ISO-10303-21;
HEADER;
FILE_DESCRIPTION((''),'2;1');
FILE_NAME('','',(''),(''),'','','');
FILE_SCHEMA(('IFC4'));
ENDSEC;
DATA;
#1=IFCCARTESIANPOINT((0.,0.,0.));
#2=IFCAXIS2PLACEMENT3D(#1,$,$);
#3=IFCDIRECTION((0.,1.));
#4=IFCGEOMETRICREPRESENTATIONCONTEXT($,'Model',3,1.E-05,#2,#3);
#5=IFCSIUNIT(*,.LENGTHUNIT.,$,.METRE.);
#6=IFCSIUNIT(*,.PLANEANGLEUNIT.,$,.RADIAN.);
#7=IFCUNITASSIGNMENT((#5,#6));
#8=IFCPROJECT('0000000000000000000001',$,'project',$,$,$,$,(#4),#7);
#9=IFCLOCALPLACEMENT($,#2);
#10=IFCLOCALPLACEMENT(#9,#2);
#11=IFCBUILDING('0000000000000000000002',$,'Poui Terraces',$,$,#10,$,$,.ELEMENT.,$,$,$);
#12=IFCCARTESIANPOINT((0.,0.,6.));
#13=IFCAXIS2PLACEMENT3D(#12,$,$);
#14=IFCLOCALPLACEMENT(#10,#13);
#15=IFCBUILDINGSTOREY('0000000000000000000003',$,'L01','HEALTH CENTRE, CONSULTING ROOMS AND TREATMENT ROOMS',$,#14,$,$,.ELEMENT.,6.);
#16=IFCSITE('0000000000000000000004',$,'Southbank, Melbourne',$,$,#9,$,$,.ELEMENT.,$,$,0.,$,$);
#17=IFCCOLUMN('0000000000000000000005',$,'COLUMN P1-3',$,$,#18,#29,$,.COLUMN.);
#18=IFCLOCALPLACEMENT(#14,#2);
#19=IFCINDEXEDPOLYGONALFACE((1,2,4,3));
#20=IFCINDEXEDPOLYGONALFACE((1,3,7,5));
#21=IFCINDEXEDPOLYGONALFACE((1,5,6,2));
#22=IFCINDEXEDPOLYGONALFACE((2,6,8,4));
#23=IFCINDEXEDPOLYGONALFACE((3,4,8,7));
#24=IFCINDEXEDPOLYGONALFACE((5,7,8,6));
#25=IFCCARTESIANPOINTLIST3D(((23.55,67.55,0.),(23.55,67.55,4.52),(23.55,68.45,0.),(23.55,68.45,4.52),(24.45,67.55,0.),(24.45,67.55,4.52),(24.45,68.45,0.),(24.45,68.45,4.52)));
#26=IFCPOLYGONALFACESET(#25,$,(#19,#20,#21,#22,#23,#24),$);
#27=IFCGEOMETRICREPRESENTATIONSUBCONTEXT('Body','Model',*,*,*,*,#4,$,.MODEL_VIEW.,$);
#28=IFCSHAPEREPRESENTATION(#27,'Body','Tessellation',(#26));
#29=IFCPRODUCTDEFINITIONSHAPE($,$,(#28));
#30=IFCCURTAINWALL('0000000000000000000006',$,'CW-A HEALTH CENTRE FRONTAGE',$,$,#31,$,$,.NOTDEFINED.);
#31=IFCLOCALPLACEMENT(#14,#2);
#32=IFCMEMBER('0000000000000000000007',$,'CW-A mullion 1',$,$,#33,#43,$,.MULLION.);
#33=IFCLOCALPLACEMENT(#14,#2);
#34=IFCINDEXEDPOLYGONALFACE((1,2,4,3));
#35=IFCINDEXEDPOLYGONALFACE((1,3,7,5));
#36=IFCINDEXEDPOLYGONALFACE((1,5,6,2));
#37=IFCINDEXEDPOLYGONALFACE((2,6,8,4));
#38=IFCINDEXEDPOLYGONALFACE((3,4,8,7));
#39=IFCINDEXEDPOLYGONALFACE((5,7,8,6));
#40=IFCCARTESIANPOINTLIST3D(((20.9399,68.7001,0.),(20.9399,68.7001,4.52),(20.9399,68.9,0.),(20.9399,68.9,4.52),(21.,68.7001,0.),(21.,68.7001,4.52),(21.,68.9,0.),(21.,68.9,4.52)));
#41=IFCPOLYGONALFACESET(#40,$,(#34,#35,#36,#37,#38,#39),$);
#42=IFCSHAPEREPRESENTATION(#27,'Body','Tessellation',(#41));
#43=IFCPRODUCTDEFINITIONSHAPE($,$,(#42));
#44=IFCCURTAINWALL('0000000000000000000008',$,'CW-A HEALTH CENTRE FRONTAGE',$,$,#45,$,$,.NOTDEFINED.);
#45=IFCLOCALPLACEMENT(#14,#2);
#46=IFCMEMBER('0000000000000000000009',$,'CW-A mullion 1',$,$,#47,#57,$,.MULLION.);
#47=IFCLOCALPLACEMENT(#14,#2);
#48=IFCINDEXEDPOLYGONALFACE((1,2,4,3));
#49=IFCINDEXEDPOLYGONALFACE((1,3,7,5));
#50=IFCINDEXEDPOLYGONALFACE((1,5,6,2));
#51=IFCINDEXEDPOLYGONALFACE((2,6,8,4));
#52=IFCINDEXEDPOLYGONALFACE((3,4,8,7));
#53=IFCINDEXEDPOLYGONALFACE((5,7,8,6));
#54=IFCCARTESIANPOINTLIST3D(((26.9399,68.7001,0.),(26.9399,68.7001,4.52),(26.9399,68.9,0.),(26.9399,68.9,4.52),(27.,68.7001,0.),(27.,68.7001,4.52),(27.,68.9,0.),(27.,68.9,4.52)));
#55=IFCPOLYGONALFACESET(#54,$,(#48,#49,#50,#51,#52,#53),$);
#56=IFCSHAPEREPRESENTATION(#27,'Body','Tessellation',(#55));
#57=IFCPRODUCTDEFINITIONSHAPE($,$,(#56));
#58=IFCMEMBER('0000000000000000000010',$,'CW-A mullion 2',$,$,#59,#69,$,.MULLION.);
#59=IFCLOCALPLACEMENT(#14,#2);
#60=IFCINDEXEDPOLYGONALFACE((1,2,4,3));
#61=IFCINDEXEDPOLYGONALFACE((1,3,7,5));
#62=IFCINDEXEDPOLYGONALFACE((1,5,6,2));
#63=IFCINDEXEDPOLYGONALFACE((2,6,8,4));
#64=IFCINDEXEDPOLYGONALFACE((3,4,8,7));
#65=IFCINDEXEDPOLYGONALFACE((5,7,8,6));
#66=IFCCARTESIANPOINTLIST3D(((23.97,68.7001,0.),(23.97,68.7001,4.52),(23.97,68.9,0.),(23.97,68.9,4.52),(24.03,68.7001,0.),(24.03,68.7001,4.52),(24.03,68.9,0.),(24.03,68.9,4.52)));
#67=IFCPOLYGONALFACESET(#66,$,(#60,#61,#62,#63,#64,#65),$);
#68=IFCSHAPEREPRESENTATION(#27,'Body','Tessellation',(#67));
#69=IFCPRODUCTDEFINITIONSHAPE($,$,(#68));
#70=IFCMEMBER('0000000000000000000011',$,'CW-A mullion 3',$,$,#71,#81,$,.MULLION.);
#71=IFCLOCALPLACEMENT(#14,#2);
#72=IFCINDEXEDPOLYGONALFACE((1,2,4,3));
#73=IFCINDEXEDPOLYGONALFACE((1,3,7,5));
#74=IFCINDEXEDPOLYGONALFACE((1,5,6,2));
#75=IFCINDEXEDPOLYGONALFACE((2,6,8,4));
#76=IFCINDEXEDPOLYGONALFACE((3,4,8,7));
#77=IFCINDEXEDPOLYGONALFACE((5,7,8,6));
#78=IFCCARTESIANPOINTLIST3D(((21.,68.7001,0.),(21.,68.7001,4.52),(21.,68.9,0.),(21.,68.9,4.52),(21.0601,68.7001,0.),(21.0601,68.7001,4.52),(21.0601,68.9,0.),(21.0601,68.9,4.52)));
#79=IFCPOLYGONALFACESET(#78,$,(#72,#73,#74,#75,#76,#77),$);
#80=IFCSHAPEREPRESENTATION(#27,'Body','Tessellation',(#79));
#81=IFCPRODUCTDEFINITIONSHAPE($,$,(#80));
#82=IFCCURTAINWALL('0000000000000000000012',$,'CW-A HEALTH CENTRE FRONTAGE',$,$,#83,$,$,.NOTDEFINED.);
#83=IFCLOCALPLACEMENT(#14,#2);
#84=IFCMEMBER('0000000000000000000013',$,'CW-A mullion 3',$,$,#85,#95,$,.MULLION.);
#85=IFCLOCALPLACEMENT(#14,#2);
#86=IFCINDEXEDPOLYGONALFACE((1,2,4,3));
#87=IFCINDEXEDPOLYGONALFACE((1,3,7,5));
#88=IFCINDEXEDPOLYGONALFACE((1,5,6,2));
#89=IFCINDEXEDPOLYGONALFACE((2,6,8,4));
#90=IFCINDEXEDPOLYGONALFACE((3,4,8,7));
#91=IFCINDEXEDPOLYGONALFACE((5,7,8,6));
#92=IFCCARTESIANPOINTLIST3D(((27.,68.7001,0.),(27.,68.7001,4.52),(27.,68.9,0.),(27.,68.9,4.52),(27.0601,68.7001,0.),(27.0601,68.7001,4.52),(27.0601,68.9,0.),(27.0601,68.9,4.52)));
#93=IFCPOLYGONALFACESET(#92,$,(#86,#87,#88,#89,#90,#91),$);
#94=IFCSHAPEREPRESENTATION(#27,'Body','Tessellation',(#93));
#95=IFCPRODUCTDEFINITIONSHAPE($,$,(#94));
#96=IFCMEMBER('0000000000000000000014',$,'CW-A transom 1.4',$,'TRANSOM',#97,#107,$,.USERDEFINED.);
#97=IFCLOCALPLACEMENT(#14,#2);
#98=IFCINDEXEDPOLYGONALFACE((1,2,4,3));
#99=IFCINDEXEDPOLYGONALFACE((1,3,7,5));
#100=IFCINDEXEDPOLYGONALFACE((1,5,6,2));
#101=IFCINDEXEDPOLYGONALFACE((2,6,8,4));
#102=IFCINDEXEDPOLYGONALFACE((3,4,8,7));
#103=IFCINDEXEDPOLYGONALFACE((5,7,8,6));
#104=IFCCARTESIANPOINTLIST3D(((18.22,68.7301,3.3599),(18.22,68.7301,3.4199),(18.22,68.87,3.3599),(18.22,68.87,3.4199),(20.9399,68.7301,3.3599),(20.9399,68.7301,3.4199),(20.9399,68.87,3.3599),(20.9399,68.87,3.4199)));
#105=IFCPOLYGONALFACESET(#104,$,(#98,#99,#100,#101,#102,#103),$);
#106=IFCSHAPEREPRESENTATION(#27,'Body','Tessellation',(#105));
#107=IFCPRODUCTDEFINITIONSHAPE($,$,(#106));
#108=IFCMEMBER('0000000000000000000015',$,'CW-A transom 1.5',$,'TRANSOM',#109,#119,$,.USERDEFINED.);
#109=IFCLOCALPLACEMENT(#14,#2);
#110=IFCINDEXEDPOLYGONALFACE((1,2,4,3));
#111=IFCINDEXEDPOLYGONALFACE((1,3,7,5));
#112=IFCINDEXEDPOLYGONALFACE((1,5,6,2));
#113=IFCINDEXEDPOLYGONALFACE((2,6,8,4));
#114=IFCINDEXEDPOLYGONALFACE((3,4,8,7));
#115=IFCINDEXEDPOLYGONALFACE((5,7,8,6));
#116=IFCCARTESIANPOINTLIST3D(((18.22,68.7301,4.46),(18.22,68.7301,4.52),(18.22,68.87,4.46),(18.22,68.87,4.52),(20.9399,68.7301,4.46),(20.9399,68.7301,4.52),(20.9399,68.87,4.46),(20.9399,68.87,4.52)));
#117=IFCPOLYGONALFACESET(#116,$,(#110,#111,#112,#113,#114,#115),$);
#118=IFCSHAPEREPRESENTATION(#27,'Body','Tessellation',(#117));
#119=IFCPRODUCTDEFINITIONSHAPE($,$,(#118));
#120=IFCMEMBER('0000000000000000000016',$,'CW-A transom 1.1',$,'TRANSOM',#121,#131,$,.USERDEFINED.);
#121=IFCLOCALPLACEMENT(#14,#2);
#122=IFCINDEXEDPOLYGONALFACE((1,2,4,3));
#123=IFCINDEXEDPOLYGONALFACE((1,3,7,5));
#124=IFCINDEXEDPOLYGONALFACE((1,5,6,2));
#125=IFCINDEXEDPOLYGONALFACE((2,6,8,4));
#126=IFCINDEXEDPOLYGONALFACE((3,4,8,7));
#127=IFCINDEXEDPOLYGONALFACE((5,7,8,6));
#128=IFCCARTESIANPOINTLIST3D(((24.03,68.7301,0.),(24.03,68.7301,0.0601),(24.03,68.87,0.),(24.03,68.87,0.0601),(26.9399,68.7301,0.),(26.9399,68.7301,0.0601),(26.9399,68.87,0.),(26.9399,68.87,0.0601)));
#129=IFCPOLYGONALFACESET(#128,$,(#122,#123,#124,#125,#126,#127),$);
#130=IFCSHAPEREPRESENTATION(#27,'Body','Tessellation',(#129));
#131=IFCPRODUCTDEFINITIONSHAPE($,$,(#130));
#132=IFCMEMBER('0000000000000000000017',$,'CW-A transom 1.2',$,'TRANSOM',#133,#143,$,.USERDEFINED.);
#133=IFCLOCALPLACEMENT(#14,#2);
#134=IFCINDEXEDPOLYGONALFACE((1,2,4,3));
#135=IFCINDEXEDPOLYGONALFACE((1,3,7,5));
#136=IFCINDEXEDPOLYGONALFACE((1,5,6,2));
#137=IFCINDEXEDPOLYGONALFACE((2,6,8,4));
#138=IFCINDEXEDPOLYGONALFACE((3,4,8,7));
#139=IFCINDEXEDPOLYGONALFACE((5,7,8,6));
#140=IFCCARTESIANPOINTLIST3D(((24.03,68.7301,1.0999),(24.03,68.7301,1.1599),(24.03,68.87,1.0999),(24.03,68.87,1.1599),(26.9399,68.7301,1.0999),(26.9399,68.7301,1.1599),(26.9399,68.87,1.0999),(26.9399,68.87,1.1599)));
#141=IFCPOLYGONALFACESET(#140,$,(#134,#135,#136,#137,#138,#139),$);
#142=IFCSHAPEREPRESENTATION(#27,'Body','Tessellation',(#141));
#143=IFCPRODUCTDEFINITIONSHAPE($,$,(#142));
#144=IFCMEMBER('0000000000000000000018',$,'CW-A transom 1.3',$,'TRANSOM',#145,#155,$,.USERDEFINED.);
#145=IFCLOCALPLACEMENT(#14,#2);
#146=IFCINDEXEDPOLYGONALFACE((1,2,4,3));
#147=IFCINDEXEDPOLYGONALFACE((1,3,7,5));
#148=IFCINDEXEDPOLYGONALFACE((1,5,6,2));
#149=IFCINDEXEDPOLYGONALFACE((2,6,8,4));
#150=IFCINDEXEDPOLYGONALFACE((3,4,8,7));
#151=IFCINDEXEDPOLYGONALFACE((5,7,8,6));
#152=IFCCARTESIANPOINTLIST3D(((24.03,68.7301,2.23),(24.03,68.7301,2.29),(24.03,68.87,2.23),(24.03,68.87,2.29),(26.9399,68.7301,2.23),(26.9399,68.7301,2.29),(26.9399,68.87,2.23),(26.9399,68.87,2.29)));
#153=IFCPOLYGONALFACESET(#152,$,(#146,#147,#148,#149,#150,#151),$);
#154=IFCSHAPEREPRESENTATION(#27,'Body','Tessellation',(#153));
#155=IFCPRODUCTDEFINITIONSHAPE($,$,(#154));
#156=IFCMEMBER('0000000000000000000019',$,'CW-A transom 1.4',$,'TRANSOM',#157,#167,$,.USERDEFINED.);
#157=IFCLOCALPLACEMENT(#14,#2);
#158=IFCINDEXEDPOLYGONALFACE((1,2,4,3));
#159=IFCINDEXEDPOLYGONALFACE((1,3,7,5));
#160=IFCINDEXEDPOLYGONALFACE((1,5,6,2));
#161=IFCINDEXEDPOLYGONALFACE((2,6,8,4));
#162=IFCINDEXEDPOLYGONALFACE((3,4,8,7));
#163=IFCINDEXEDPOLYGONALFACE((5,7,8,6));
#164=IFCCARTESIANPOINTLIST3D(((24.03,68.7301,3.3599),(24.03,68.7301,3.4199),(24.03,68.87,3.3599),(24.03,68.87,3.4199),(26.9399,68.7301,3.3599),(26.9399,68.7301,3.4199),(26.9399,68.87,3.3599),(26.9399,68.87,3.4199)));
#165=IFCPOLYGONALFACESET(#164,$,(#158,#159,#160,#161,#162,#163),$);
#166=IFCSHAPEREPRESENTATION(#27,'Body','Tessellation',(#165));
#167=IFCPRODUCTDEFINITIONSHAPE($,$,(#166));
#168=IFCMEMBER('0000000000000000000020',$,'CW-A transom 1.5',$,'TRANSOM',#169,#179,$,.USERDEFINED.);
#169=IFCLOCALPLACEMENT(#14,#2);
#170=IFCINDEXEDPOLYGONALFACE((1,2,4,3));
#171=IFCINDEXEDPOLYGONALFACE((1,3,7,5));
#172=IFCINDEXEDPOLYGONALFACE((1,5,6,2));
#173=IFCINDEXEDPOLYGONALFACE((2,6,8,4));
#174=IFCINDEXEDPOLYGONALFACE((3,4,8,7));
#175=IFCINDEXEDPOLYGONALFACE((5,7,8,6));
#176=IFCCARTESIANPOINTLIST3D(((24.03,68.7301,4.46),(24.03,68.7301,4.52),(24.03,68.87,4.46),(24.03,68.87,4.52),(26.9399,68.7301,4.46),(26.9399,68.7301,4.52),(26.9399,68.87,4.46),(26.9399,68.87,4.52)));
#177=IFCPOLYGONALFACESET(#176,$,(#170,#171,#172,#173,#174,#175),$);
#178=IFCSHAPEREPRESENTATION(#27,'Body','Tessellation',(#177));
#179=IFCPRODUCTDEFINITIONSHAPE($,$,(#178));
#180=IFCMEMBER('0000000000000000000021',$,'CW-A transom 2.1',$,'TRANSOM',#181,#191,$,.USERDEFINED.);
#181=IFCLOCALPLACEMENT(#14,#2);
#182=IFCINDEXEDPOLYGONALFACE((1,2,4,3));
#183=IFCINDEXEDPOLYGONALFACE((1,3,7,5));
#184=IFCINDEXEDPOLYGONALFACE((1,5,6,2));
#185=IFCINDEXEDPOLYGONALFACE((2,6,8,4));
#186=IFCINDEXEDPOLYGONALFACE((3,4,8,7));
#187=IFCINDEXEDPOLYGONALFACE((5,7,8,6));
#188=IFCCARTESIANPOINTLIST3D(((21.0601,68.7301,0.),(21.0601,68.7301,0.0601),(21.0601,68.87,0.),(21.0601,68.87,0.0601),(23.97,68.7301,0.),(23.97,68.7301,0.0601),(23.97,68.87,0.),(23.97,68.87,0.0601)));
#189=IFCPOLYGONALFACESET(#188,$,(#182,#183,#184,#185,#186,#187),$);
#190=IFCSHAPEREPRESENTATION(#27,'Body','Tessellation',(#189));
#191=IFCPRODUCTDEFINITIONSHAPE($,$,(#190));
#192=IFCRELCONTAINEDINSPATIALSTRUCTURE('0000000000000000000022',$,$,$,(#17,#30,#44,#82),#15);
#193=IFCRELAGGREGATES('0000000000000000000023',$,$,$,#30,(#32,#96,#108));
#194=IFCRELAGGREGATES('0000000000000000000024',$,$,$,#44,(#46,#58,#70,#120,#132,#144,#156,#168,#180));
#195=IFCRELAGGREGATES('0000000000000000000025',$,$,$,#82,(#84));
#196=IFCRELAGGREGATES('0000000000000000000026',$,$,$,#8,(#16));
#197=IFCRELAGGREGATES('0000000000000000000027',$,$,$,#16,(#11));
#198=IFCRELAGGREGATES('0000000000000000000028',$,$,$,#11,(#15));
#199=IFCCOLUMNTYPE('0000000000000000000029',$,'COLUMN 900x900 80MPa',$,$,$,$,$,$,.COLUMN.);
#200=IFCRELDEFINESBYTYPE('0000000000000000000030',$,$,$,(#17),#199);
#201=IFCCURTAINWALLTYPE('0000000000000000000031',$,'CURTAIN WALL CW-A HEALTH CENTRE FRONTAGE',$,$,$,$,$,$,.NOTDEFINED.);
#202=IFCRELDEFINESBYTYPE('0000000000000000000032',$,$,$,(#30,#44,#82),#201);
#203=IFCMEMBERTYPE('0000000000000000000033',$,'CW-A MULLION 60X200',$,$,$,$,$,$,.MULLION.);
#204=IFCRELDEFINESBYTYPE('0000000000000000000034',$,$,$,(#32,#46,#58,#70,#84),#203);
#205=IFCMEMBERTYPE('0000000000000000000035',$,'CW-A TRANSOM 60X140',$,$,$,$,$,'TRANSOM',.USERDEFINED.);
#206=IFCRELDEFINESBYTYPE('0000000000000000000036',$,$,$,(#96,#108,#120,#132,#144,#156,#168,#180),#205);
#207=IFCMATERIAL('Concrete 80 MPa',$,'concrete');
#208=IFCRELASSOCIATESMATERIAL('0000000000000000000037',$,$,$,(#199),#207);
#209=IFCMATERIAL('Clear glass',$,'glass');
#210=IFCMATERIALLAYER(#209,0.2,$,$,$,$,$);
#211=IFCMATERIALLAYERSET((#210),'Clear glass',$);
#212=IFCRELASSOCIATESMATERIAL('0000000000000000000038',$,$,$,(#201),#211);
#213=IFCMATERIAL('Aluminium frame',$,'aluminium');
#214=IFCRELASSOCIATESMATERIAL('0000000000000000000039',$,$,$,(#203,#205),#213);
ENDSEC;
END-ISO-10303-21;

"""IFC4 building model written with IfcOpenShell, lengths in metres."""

from ifc_helpers import new_model, si_unit, direction, frame, origin, origin_2d, place, context, subcontext, project, spatial, rectangle, extrude, source, transform, mapped, material, layer, layer_set, material_profile, profile_set, type_object, element, aggregate, save


model = new_model("IFC4")

# Units and contexts
model_context = context("Model", 3, precision=1e-05, world=origin(), true_north=direction((0.0, 1.0)))
body_context = subcontext(model_context, "Body", "Model", "MODEL_VIEW")
ifc_project = project(units=[si_unit("LENGTHUNIT", "METRE"), si_unit("PLANEANGLEUNIT", "RADIAN")], contexts=[model_context])

# Site, building, storey
site_placement = place(None, origin())
site = spatial("IfcSite", under=ifc_project, at=site_placement, Name="Southbank, Melbourne", CompositionType="ELEMENT", RefElevation=0.0)
building_placement = place(site_placement, origin())
building = spatial("IfcBuilding", under=site, at=building_placement, Name="Poui Terraces", CompositionType="ELEMENT")
storey_placement = place(building_placement, frame((0.0, 0.0, 6.0)))
storey = spatial("IfcBuildingStorey", under=building, at=storey_placement, Name="L01", Description="HEALTH CENTRE, CONSULTING ROOMS AND TREATMENT ROOMS", CompositionType="ELEMENT", Elevation=6.0)

# Column
ifc_material_1 = material(Name="Concrete 80 MPa", Category="concrete")
ifc_material_profile_1 = material_profile(ifc_material_1, rectangle(XDim=0.8999, YDim=0.8999, at=origin_2d()), Name="RC 900x900")
ifc_profile_set_1 = profile_set([ifc_material_profile_1], Name="Concrete 80 MPa")
column_type = type_object("IfcColumnType", Name="COLUMN 900x900 80MPa", PredefinedType="COLUMN", material=ifc_profile_set_1)
shared_shape_1 = source(origin(), body_context, "Body", "SweptSolid", [
    extrude(rectangle(XDim=0.8999, YDim=0.8999, at=origin_2d()), origin(), (0.0, 0.0, 1.0), 4.52),
])
column_placement = place(storey_placement, frame((24.0, 68.0, 0.0), z_axis=(0.0, 0.0, 1.0), x_axis=(1.0, 0.0, 0.0)))
element("IfcColumn", 1, at=column_placement, inside=storey, type_object=column_type, Name="COLUMN P1-3", PredefinedType="COLUMN", context=body_context, shape_type="MappedRepresentation", body=[
    mapped(shared_shape_1, transform((0.0, 0.0, 0.0))),
])

# Curtain wall, member
ifc_material_2 = material(Name="Clear glass", Category="glass")
ifc_layer_1 = layer(ifc_material_2, 0.2)
ifc_layer_set_1 = layer_set([ifc_layer_1], Name="Clear glass")
curtain_wall_type = type_object("IfcCurtainWallType", Name="CURTAIN WALL CW-A HEALTH CENTRE FRONTAGE", PredefinedType="NOTDEFINED", material=ifc_layer_set_1)
curtain_wall_1_placement = place(storey_placement, origin())
curtain_wall_1 = element("IfcCurtainWall", 2, at=curtain_wall_1_placement, inside=storey, type_object=curtain_wall_type, Name="CW-A HEALTH CENTRE FRONTAGE", PredefinedType="NOTDEFINED")
ifc_material_3 = material(Name="Aluminium frame", Category="aluminium")
ifc_material_profile_2 = material_profile(ifc_material_3, rectangle(XDim=0.2, YDim=0.0601, at=origin_2d()), Name="CW-A MULLION 60X200")
ifc_profile_set_2 = profile_set([ifc_material_profile_2], Name="Aluminium frame")
member_type_1 = type_object("IfcMemberType", Name="CW-A MULLION 60X200", PredefinedType="MULLION", material=ifc_profile_set_2)
member_1_placement = place(storey_placement, frame((20.97, 68.8, 0.0), z_axis=(0.0, 0.0, 1.0), x_axis=(0.0, -1.0, 0.0)))
member_1 = element("IfcMember", 3, at=member_1_placement, type_object=member_type_1, Name="CW-A mullion 1", PredefinedType="MULLION", context=body_context, shape_type="SweptSolid", body=[
    extrude(rectangle(XDim=0.2, YDim=0.0601, at=origin_2d()), origin(), (0.0, 0.0, 1.0), 4.52),
])

# Curtain wall, members
curtain_wall_2_placement = place(storey_placement, origin())
curtain_wall_2 = element("IfcCurtainWall", 4, at=curtain_wall_2_placement, inside=storey, type_object=curtain_wall_type, Name="CW-A HEALTH CENTRE FRONTAGE", PredefinedType="NOTDEFINED")
member_2_placement = place(storey_placement, frame((26.97, 68.8, 0.0), z_axis=(0.0, 0.0, 1.0), x_axis=(0.0, -1.0, 0.0)))
member_2 = element("IfcMember", 5, at=member_2_placement, type_object=member_type_1, Name="CW-A mullion 1", PredefinedType="MULLION", context=body_context, shape_type="SweptSolid", body=[
    extrude(rectangle(XDim=0.2, YDim=0.0601, at=origin_2d()), origin(), (0.0, 0.0, 1.0), 4.52),
])
member_3_placement = place(storey_placement, frame((24.0, 68.8, 0.0), z_axis=(0.0, 0.0, 1.0), x_axis=(0.0, -1.0, 0.0)))
member_3 = element("IfcMember", 6, at=member_3_placement, type_object=member_type_1, Name="CW-A mullion 2", PredefinedType="MULLION", context=body_context, shape_type="SweptSolid", body=[
    extrude(rectangle(XDim=0.2, YDim=0.0601, at=origin_2d()), origin(), (0.0, 0.0, 1.0), 4.52),
])
member_4_placement = place(storey_placement, frame((21.03, 68.8, 0.0), z_axis=(0.0, 0.0, 1.0), x_axis=(0.0, -1.0, 0.0)))
member_4 = element("IfcMember", 7, at=member_4_placement, type_object=member_type_1, Name="CW-A mullion 3", PredefinedType="MULLION", context=body_context, shape_type="SweptSolid", body=[
    extrude(rectangle(XDim=0.2, YDim=0.0601, at=origin_2d()), origin(), (0.0, 0.0, 1.0), 4.52),
])

# Curtain wall, member
curtain_wall_3_placement = place(storey_placement, origin())
curtain_wall_3 = element("IfcCurtainWall", 8, at=curtain_wall_3_placement, inside=storey, type_object=curtain_wall_type, Name="CW-A HEALTH CENTRE FRONTAGE", PredefinedType="NOTDEFINED")
member_5_placement = place(storey_placement, frame((27.03, 68.8, 0.0), z_axis=(0.0, 0.0, 1.0), x_axis=(0.0, -1.0, 0.0)))
member_5 = element("IfcMember", 9, at=member_5_placement, type_object=member_type_1, Name="CW-A mullion 3", PredefinedType="MULLION", context=body_context, shape_type="SweptSolid", body=[
    extrude(rectangle(XDim=0.2, YDim=0.0601, at=origin_2d()), origin(), (0.0, 0.0, 1.0), 4.52),
])

# Members
ifc_material_profile_3 = material_profile(ifc_material_3, rectangle(XDim=0.1399, YDim=0.0601, at=origin_2d()), Name="CW-A TRANSOM 60X140")
ifc_profile_set_3 = profile_set([ifc_material_profile_3], Name="Aluminium frame")
member_type_2 = type_object("IfcMemberType", Name="CW-A TRANSOM 60X140", ElementType="TRANSOM", PredefinedType="USERDEFINED", material=ifc_profile_set_3)
member_6_placement = place(storey_placement, frame((20.9399, 68.8, 3.3899), z_axis=(-1.0, 0.0, 0.0), x_axis=(0.0, -1.0, 0.0)))
member_6 = element("IfcMember", 10, at=member_6_placement, type_object=member_type_2, Name="CW-A transom 1.4", ObjectType="TRANSOM", PredefinedType="USERDEFINED", context=body_context, shape_type="SweptSolid", body=[
    extrude(rectangle(XDim=0.1399, YDim=0.0601, at=origin_2d()), origin(), (0.0, 0.0, 1.0), 2.72),
])
member_7_placement = place(storey_placement, frame((20.9399, 68.8, 4.49), z_axis=(-1.0, 0.0, 0.0), x_axis=(0.0, -1.0, 0.0)))
member_7 = element("IfcMember", 11, at=member_7_placement, type_object=member_type_2, Name="CW-A transom 1.5", ObjectType="TRANSOM", PredefinedType="USERDEFINED", context=body_context, shape_type="SweptSolid", body=[
    extrude(rectangle(XDim=0.1399, YDim=0.0601, at=origin_2d()), origin(), (0.0, 0.0, 1.0), 2.72),
])
aggregate(curtain_wall_1, [member_1, member_6, member_7])
member_8_placement = place(storey_placement, frame((26.9399, 68.8, 0.03), z_axis=(-1.0, 0.0, 0.0), x_axis=(0.0, -1.0, 0.0)))
member_8 = element("IfcMember", 12, at=member_8_placement, type_object=member_type_2, Name="CW-A transom 1.1", ObjectType="TRANSOM", PredefinedType="USERDEFINED", context=body_context, shape_type="SweptSolid", body=[
    extrude(rectangle(XDim=0.1399, YDim=0.0601, at=origin_2d()), origin(), (0.0, 0.0, 1.0), 2.9099),
])
member_9_placement = place(storey_placement, frame((26.9399, 68.8, 1.1299), z_axis=(-1.0, 0.0, 0.0), x_axis=(0.0, -1.0, 0.0)))
member_9 = element("IfcMember", 13, at=member_9_placement, type_object=member_type_2, Name="CW-A transom 1.2", ObjectType="TRANSOM", PredefinedType="USERDEFINED", context=body_context, shape_type="SweptSolid", body=[
    extrude(rectangle(XDim=0.1399, YDim=0.0601, at=origin_2d()), origin(), (0.0, 0.0, 1.0), 2.9099),
])
member_10_placement = place(storey_placement, frame((26.9399, 68.8, 2.26), z_axis=(-1.0, 0.0, 0.0), x_axis=(0.0, -1.0, 0.0)))
member_10 = element("IfcMember", 14, at=member_10_placement, type_object=member_type_2, Name="CW-A transom 1.3", ObjectType="TRANSOM", PredefinedType="USERDEFINED", context=body_context, shape_type="SweptSolid", body=[
    extrude(rectangle(XDim=0.1399, YDim=0.0601, at=origin_2d()), origin(), (0.0, 0.0, 1.0), 2.9099),
])
member_11_placement = place(storey_placement, frame((26.9399, 68.8, 3.3899), z_axis=(-1.0, 0.0, 0.0), x_axis=(0.0, -1.0, 0.0)))
member_11 = element("IfcMember", 15, at=member_11_placement, type_object=member_type_2, Name="CW-A transom 1.4", ObjectType="TRANSOM", PredefinedType="USERDEFINED", context=body_context, shape_type="SweptSolid", body=[
    extrude(rectangle(XDim=0.1399, YDim=0.0601, at=origin_2d()), origin(), (0.0, 0.0, 1.0), 2.9099),
])
member_12_placement = place(storey_placement, frame((26.9399, 68.8, 4.49), z_axis=(-1.0, 0.0, 0.0), x_axis=(0.0, -1.0, 0.0)))
member_12 = element("IfcMember", 16, at=member_12_placement, type_object=member_type_2, Name="CW-A transom 1.5", ObjectType="TRANSOM", PredefinedType="USERDEFINED", context=body_context, shape_type="SweptSolid", body=[
    extrude(rectangle(XDim=0.1399, YDim=0.0601, at=origin_2d()), origin(), (0.0, 0.0, 1.0), 2.9099),
])
member_13_placement = place(storey_placement, frame((23.97, 68.8, 0.03), z_axis=(-1.0, 0.0, 0.0), x_axis=(0.0, -1.0, 0.0)))
member_13 = element("IfcMember", 17, at=member_13_placement, type_object=member_type_2, Name="CW-A transom 2.1", ObjectType="TRANSOM", PredefinedType="USERDEFINED", context=body_context, shape_type="SweptSolid", body=[
    extrude(rectangle(XDim=0.1399, YDim=0.0601, at=origin_2d()), origin(), (0.0, 0.0, 1.0), 2.9099),
])

aggregate(curtain_wall_2, [member_2, member_3, member_4, member_8, member_9, member_10, member_11, member_12, member_13])
aggregate(curtain_wall_3, [member_5])

save(model, "model.ifc")
